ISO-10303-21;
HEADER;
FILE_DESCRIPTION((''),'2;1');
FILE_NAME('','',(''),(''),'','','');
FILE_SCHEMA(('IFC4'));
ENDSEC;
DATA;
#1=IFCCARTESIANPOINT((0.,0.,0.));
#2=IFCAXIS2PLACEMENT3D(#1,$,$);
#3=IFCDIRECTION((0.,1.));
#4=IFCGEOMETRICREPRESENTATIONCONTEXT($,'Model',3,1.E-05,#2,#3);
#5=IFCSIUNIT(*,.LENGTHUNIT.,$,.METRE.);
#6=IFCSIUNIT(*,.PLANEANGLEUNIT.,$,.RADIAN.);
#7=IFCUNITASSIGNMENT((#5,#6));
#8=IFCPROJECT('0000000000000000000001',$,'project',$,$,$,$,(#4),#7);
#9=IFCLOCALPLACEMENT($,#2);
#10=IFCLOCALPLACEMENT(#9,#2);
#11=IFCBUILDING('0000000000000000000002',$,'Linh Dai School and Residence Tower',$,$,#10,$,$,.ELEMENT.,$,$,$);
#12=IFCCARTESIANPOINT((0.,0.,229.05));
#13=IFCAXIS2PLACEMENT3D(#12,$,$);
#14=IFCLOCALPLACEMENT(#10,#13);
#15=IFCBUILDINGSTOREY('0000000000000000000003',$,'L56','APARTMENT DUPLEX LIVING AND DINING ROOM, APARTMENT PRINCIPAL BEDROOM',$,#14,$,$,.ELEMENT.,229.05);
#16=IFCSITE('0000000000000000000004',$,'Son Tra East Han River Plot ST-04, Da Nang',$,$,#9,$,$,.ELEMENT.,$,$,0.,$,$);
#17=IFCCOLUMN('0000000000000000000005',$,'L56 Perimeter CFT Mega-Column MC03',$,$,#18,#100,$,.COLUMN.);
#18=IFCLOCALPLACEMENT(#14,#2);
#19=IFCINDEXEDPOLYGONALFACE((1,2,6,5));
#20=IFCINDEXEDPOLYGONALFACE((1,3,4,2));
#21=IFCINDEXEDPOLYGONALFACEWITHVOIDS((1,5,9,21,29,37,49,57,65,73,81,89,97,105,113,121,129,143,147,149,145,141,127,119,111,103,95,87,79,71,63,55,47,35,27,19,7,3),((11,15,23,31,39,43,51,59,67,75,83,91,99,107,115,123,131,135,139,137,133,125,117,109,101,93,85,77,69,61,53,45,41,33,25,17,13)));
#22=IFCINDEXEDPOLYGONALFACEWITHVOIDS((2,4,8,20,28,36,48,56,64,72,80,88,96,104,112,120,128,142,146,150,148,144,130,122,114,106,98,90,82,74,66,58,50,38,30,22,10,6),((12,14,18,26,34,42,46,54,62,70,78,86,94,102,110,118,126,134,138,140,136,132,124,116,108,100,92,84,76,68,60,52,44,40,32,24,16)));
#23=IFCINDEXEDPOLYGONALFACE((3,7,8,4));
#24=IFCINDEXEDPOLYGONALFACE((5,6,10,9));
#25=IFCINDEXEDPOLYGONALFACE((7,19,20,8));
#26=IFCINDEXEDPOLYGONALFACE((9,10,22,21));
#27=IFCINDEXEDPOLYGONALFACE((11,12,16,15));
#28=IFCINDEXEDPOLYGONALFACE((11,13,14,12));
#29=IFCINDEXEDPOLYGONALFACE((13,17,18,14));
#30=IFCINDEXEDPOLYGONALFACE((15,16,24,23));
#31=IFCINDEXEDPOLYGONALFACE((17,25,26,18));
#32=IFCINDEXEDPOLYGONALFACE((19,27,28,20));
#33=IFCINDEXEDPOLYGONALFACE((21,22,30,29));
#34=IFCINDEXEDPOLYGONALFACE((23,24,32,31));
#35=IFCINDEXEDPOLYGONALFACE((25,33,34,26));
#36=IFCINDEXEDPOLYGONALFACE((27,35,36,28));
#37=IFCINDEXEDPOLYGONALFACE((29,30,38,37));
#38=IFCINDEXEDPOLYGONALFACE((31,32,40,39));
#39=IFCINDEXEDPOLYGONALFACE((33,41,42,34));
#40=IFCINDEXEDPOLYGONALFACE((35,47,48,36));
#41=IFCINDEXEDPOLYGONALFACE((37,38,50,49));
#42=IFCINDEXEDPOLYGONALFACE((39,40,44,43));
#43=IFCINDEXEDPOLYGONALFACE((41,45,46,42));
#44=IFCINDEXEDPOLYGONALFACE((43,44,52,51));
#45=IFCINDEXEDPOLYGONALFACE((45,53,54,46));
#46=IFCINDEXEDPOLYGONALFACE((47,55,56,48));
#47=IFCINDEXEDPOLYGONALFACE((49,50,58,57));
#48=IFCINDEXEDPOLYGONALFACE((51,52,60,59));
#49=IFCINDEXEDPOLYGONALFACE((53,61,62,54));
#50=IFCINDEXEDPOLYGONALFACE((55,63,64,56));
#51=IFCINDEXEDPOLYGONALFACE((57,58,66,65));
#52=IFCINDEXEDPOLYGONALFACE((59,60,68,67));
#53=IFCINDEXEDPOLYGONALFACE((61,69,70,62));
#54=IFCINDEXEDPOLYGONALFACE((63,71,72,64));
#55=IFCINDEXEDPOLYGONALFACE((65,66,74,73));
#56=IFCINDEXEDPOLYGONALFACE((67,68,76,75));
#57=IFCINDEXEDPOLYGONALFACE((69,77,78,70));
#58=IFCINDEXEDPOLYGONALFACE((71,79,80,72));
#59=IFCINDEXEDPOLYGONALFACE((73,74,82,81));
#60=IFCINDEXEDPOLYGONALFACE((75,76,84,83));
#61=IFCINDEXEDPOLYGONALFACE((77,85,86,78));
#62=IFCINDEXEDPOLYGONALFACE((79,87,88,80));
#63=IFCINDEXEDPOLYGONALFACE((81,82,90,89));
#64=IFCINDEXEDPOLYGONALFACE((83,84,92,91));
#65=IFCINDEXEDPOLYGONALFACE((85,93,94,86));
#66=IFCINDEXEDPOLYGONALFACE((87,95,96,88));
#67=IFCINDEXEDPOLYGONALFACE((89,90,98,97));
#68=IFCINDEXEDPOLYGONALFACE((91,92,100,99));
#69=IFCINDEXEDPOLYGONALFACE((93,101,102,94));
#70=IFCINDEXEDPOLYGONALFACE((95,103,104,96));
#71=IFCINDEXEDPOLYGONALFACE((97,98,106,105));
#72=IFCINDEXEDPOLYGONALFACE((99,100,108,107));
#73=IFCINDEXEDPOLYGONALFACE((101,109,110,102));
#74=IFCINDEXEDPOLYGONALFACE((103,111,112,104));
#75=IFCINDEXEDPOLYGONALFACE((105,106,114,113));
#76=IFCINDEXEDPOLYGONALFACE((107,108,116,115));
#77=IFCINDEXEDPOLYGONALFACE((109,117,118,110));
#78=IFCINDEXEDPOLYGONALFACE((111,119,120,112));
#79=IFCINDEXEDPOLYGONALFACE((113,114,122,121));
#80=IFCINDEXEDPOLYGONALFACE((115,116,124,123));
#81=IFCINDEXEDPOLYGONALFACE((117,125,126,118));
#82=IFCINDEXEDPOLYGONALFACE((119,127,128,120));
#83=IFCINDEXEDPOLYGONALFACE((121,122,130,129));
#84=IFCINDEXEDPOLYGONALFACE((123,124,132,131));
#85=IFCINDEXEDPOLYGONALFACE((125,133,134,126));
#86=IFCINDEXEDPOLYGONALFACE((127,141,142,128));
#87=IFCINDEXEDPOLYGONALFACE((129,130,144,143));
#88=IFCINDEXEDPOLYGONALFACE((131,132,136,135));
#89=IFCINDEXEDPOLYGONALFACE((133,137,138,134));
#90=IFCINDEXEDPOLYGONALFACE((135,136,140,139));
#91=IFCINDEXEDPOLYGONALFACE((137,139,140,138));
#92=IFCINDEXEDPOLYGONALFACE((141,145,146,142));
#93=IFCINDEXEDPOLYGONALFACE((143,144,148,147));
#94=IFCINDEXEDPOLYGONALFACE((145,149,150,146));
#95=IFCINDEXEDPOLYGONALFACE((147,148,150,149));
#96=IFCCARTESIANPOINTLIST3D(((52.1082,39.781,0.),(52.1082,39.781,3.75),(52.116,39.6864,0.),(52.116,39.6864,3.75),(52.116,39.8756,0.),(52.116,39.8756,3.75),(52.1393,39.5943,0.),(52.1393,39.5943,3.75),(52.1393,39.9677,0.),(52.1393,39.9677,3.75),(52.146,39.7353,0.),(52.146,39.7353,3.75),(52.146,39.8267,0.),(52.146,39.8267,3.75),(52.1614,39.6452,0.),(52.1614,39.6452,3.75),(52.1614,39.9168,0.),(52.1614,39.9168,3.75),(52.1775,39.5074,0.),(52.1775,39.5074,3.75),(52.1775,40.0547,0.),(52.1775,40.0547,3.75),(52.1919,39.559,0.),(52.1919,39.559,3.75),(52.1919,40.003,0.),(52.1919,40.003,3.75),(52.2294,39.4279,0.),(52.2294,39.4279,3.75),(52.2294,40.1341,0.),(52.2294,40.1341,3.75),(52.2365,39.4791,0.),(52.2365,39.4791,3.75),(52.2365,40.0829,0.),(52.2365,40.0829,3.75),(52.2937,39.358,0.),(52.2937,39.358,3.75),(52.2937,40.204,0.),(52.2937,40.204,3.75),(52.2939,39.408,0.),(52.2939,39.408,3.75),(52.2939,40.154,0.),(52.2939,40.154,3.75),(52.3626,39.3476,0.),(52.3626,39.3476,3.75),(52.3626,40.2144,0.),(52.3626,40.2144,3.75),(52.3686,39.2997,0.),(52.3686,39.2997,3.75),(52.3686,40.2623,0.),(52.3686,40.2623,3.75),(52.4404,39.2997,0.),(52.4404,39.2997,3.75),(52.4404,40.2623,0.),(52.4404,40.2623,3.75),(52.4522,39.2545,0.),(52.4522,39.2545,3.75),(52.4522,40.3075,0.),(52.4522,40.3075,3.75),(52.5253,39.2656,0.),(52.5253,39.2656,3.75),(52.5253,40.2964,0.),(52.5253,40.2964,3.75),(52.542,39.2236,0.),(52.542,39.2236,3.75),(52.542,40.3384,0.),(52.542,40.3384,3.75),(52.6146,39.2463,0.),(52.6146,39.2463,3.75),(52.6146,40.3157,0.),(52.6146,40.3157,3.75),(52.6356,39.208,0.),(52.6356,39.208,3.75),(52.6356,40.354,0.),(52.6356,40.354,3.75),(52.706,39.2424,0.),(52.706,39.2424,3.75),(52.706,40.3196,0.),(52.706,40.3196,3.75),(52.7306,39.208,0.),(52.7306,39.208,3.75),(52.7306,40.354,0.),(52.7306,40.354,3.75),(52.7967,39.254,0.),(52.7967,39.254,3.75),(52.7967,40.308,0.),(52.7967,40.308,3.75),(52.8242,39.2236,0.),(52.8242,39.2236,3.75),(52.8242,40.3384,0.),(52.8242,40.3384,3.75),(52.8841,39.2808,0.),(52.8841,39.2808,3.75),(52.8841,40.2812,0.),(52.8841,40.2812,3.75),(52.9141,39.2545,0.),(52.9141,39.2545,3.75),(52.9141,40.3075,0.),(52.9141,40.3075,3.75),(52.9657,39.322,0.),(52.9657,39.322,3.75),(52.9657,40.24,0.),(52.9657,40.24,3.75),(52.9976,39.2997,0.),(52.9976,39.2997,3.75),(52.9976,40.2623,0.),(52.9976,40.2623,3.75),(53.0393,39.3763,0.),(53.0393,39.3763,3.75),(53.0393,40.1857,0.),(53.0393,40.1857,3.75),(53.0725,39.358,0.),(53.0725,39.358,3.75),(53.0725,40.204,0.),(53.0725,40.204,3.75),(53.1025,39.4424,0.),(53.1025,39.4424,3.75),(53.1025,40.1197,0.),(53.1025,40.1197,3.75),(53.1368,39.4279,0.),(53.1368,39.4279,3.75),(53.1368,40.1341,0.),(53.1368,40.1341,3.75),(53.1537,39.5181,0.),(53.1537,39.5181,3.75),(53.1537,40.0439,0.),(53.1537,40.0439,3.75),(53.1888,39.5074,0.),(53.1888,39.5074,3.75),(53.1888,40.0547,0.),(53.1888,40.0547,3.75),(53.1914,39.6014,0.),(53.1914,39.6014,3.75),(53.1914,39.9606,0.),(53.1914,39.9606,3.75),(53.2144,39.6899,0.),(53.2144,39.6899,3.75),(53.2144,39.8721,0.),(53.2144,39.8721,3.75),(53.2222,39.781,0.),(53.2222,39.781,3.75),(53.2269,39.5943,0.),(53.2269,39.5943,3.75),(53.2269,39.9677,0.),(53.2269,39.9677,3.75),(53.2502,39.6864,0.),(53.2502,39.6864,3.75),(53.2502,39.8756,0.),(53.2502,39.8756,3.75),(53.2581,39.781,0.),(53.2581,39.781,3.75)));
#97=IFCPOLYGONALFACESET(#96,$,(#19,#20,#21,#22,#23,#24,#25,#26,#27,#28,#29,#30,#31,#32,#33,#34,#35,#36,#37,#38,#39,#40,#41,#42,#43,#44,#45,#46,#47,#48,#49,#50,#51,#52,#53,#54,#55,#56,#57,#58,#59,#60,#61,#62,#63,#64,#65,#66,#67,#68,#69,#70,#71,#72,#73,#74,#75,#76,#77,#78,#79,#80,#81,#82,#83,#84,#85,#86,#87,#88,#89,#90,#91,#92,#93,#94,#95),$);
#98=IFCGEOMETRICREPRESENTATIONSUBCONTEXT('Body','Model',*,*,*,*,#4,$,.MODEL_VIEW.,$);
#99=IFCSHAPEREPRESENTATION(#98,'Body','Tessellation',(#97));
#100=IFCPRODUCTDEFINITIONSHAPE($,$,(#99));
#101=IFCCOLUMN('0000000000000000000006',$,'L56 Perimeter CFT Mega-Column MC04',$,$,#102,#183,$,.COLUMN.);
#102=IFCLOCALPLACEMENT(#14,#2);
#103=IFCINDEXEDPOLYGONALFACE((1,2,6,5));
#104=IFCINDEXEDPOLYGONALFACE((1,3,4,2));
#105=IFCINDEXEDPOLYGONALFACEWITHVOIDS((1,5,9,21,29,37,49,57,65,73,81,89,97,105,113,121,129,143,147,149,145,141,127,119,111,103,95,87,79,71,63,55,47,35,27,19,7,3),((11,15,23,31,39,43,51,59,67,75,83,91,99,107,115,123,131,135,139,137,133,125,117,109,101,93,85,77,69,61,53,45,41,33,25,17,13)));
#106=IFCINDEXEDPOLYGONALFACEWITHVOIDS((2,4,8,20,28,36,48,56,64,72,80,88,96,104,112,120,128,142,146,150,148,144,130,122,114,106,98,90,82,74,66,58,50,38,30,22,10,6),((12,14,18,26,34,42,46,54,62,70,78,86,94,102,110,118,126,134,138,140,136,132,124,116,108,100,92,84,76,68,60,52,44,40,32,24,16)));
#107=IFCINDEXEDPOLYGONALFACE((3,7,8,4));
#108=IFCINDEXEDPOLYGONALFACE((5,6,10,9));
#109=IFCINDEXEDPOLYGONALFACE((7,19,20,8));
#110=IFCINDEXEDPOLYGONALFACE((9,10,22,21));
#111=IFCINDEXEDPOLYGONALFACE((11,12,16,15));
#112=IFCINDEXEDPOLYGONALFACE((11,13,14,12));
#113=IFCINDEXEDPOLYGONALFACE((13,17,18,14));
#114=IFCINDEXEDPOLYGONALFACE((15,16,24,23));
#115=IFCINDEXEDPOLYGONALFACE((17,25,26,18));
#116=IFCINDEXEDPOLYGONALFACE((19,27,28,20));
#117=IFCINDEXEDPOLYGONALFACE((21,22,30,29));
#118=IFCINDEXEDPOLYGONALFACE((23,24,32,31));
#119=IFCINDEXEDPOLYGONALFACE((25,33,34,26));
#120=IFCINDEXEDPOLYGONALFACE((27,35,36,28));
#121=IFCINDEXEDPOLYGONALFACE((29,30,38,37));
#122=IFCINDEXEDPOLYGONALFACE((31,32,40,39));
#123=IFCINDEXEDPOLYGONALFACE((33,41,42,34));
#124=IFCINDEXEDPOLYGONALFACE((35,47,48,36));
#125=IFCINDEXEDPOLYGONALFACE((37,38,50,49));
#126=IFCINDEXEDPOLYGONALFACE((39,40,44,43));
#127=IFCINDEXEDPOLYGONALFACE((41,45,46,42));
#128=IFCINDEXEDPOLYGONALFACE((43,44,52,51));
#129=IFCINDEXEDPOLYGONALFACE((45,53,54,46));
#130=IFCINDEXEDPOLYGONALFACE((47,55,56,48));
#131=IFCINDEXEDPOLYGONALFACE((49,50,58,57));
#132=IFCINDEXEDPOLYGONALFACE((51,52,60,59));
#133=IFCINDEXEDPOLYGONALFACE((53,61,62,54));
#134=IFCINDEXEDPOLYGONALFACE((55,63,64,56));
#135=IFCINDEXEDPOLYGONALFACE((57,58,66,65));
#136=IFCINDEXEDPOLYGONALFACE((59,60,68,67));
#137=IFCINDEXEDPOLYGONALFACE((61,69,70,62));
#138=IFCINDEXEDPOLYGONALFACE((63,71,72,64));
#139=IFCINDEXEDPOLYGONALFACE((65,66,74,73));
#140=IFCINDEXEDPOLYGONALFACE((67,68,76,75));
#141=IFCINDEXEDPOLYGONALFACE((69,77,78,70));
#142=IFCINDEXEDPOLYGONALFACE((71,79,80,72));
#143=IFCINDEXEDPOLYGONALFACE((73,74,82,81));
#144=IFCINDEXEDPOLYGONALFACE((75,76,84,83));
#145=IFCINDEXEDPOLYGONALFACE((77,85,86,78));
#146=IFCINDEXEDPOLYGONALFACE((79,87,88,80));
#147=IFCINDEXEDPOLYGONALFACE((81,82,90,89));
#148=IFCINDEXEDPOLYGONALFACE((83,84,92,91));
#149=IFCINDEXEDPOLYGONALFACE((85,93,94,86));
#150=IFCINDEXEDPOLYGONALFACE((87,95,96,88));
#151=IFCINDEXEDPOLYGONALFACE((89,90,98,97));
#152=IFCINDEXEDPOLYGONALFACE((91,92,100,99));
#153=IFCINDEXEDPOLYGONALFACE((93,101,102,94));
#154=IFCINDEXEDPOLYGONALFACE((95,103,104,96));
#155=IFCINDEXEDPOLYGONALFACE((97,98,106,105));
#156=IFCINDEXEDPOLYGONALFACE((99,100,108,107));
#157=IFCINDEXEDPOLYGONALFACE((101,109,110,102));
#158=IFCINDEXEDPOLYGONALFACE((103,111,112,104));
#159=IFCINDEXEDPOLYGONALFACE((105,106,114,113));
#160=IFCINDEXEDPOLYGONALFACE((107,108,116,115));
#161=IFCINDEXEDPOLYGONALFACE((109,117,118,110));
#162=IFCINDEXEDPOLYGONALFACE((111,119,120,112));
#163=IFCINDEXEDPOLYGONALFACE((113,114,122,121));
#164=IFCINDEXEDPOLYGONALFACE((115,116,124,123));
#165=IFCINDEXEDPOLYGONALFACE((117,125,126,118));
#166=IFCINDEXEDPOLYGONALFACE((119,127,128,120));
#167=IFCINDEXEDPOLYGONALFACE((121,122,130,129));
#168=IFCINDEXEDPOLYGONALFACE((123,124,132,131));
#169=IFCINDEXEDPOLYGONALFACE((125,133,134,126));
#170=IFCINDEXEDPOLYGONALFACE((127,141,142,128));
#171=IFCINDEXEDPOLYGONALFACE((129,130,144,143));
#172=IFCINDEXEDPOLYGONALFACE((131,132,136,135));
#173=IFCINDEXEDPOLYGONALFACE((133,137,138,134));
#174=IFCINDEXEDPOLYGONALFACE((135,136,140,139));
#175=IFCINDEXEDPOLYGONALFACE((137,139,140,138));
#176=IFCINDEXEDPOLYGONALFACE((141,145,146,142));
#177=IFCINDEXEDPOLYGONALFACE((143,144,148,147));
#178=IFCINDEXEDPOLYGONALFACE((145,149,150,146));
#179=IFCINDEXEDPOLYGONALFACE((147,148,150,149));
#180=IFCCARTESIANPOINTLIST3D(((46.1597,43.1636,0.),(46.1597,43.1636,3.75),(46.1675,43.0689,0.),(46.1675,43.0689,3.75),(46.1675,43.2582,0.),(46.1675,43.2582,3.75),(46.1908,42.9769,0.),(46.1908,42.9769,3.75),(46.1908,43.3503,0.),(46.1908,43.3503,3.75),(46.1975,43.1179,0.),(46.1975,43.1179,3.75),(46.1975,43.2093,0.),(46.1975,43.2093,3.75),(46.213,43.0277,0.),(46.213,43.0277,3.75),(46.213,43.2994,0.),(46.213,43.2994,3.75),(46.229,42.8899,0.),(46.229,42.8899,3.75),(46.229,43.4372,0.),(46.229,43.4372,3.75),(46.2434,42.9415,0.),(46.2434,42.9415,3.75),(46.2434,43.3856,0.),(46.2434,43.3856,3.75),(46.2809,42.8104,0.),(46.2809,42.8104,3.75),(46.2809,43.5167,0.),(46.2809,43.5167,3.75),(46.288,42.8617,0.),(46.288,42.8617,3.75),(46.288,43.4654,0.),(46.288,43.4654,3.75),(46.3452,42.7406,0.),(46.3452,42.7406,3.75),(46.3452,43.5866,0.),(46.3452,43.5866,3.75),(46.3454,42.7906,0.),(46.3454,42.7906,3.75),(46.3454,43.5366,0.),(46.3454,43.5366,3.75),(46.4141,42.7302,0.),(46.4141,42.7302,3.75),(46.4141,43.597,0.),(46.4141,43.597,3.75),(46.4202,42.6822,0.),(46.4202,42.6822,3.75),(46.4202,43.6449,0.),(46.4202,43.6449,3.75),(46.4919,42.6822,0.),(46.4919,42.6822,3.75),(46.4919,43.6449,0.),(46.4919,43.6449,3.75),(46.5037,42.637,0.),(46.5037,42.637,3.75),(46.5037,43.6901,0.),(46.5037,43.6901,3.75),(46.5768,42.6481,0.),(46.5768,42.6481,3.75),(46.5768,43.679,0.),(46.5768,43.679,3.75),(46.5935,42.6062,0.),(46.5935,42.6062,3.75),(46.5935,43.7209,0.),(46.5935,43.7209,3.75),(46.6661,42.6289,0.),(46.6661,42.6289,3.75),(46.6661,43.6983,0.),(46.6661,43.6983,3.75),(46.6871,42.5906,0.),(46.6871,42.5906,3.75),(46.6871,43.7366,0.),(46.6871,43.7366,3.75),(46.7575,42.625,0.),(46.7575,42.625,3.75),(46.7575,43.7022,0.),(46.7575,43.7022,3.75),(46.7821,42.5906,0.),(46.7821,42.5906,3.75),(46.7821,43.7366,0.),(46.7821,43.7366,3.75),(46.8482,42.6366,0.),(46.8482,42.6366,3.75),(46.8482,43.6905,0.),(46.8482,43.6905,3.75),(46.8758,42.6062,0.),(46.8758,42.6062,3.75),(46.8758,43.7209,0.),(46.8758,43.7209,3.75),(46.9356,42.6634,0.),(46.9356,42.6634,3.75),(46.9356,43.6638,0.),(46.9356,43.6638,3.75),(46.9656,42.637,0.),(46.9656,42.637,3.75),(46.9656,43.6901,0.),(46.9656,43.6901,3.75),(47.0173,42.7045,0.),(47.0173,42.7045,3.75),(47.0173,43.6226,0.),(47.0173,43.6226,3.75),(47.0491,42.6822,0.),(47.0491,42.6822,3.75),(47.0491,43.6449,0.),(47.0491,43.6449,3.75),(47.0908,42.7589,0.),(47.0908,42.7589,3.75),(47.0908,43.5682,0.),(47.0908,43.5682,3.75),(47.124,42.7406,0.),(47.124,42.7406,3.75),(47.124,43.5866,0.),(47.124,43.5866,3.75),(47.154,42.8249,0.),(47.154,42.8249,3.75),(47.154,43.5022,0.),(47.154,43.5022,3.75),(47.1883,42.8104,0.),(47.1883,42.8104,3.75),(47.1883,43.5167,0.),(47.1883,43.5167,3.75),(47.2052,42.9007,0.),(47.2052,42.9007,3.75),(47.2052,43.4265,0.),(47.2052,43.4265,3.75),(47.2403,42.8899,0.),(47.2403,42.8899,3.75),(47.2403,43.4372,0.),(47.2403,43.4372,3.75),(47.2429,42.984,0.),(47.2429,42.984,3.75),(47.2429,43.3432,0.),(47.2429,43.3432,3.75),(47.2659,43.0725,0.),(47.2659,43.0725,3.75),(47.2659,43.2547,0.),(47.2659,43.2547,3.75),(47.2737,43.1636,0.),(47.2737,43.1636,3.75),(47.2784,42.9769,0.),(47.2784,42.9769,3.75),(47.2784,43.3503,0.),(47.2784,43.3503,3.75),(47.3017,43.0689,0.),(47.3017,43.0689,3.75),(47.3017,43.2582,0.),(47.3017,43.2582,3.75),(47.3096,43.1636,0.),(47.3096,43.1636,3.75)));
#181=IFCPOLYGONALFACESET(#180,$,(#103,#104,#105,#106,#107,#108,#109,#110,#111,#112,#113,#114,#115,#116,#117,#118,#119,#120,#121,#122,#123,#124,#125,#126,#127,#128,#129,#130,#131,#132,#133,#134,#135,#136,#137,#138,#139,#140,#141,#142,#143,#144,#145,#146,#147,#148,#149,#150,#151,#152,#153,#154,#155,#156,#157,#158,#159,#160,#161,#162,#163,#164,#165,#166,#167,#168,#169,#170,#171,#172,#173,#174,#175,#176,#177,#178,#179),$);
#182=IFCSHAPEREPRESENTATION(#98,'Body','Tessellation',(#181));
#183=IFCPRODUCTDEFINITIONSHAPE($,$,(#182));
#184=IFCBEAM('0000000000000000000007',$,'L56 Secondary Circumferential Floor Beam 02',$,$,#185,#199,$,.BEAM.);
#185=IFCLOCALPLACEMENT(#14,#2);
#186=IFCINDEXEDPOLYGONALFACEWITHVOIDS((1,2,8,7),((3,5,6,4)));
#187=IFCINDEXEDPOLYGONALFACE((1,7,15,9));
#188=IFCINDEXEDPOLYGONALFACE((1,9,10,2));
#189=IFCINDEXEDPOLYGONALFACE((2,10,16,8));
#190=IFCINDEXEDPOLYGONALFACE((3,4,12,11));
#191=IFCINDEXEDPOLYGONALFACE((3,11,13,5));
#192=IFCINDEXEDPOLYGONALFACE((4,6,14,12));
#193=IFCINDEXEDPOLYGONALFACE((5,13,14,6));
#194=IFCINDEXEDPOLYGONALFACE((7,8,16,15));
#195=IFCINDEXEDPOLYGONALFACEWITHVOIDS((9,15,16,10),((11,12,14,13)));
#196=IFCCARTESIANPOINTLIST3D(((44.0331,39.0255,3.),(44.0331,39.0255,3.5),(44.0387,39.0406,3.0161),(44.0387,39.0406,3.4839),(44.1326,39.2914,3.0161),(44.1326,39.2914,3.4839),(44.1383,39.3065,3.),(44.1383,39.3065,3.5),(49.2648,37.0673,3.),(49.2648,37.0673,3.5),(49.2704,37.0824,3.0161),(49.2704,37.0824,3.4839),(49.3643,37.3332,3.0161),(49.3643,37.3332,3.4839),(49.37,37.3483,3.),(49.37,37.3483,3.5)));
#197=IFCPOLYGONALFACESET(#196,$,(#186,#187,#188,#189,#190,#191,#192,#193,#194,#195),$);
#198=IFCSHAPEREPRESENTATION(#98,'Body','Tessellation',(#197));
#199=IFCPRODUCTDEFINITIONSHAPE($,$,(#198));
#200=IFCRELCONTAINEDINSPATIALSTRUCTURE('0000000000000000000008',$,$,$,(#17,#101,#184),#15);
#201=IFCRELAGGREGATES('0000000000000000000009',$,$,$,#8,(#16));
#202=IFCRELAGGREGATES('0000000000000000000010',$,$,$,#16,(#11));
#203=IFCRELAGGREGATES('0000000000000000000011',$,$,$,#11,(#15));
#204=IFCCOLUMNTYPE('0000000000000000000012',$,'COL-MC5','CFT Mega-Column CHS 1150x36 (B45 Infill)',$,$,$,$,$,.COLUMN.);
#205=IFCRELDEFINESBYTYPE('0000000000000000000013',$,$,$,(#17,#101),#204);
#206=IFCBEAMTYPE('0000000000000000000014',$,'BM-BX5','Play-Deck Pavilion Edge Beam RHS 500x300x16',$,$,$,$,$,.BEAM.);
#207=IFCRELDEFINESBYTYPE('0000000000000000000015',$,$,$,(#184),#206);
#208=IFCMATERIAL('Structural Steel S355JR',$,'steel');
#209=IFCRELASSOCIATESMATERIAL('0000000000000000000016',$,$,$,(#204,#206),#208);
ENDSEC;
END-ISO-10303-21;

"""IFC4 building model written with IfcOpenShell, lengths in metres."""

from ifc_helpers import new_model, si_unit, direction, frame, origin, origin_2d, place, context, subcontext, project, spatial, hollow_rectangle, hollow_circle, extrude, material, material_profile, profile_set, type_object, element, save


model = new_model("IFC4")

# Units and contexts
model_context = context("Model", 3, precision=1e-05, world=origin(), true_north=direction((0.0, 1.0)))
body_context = subcontext(model_context, "Body", "Model", "MODEL_VIEW")
ifc_project = project(units=[si_unit("LENGTHUNIT", "METRE"), si_unit("PLANEANGLEUNIT", "RADIAN")], contexts=[model_context])

# Site, building, storey
site_placement = place(None, origin())
site = spatial("IfcSite", under=ifc_project, at=site_placement, Name="Son Tra East Han River Plot ST-04, Da Nang", CompositionType="ELEMENT", RefElevation=0.0)
building_placement = place(site_placement, origin())
building = spatial("IfcBuilding", under=site, at=building_placement, Name="Linh Dai School and Residence Tower", CompositionType="ELEMENT")
storey_placement = place(building_placement, frame((0.0, 0.0, 229.05)))
storey = spatial("IfcBuildingStorey", under=building, at=storey_placement, Name="L56", Description="APARTMENT DUPLEX LIVING AND DINING ROOM, APARTMENT PRINCIPAL BEDROOM", CompositionType="ELEMENT", Elevation=229.05)

# Columns
ifc_material_1 = material(Name="Structural Steel S355JR", Category="steel")
ifc_material_profile_1 = material_profile(ifc_material_1, hollow_circle(Radius=0.575, WallThickness=0.0359, at=origin_2d()), Name="CHS 1150x36")
ifc_profile_set_1 = profile_set([ifc_material_profile_1], Name="Structural Steel S355JR")
column_type = type_object("IfcColumnType", Name="COL-MC5", Description="CFT Mega-Column CHS 1150x36 (B45 Infill)", PredefinedType="COLUMN", material=ifc_profile_set_1)
for number, where, z_axis, x_axis, name in (
    (1, (52.6831, 39.781, 0.0), (0.0, 0.0, 1.0), (1.0, 0.0, 0.0), "L56 Perimeter CFT Mega-Column MC03"),
    (2, (46.7346, 43.1636, 0.0), (0.0, 0.0, 1.0), (1.0, 0.0, 0.0), "L56 Perimeter CFT Mega-Column MC04"),
):
    element("IfcColumn", number, at=place(storey_placement, frame(where, z_axis=z_axis, x_axis=x_axis)), inside=storey, type_object=column_type, Name=name, PredefinedType="COLUMN", context=body_context, shape_type="SweptSolid", body=[
        extrude(hollow_circle(Radius=0.575, WallThickness=0.0359, at=origin_2d()), origin(), (0.0, 0.0, 1.0), 3.75),
    ])

# Beam
ifc_material_profile_2 = material_profile(ifc_material_1, hollow_rectangle(XDim=0.3, YDim=0.5, WallThickness=0.0161, at=origin_2d()), Name="RHS 500x300x16")
ifc_profile_set_2 = profile_set([ifc_material_profile_2], Name="Structural Steel S355JR")
beam_type_1 = type_object("IfcBeamType", Name="BM-BX5", Description="Play-Deck Pavilion Edge Beam RHS 500x300x16", PredefinedType="BEAM", material=ifc_profile_set_2)
beam_1_placement = place(storey_placement, frame((49.3174, 37.2078, 3.25), z_axis=(-0.936543, 0.350553, 0.0), x_axis=(-0.350553, -0.936543, 0.0)))
element("IfcBeam", 3, at=beam_1_placement, inside=storey, type_object=beam_type_1, Name="L56 Secondary Circumferential Floor Beam 02", PredefinedType="BEAM", context=body_context, shape_type="SweptSolid", body=[
    extrude(hollow_rectangle(XDim=0.3, YDim=0.5, WallThickness=0.0161, at=origin_2d()), origin(), (0.0, 0.0, 1.0), 5.5862),
])

save(model, "model.ifc")
